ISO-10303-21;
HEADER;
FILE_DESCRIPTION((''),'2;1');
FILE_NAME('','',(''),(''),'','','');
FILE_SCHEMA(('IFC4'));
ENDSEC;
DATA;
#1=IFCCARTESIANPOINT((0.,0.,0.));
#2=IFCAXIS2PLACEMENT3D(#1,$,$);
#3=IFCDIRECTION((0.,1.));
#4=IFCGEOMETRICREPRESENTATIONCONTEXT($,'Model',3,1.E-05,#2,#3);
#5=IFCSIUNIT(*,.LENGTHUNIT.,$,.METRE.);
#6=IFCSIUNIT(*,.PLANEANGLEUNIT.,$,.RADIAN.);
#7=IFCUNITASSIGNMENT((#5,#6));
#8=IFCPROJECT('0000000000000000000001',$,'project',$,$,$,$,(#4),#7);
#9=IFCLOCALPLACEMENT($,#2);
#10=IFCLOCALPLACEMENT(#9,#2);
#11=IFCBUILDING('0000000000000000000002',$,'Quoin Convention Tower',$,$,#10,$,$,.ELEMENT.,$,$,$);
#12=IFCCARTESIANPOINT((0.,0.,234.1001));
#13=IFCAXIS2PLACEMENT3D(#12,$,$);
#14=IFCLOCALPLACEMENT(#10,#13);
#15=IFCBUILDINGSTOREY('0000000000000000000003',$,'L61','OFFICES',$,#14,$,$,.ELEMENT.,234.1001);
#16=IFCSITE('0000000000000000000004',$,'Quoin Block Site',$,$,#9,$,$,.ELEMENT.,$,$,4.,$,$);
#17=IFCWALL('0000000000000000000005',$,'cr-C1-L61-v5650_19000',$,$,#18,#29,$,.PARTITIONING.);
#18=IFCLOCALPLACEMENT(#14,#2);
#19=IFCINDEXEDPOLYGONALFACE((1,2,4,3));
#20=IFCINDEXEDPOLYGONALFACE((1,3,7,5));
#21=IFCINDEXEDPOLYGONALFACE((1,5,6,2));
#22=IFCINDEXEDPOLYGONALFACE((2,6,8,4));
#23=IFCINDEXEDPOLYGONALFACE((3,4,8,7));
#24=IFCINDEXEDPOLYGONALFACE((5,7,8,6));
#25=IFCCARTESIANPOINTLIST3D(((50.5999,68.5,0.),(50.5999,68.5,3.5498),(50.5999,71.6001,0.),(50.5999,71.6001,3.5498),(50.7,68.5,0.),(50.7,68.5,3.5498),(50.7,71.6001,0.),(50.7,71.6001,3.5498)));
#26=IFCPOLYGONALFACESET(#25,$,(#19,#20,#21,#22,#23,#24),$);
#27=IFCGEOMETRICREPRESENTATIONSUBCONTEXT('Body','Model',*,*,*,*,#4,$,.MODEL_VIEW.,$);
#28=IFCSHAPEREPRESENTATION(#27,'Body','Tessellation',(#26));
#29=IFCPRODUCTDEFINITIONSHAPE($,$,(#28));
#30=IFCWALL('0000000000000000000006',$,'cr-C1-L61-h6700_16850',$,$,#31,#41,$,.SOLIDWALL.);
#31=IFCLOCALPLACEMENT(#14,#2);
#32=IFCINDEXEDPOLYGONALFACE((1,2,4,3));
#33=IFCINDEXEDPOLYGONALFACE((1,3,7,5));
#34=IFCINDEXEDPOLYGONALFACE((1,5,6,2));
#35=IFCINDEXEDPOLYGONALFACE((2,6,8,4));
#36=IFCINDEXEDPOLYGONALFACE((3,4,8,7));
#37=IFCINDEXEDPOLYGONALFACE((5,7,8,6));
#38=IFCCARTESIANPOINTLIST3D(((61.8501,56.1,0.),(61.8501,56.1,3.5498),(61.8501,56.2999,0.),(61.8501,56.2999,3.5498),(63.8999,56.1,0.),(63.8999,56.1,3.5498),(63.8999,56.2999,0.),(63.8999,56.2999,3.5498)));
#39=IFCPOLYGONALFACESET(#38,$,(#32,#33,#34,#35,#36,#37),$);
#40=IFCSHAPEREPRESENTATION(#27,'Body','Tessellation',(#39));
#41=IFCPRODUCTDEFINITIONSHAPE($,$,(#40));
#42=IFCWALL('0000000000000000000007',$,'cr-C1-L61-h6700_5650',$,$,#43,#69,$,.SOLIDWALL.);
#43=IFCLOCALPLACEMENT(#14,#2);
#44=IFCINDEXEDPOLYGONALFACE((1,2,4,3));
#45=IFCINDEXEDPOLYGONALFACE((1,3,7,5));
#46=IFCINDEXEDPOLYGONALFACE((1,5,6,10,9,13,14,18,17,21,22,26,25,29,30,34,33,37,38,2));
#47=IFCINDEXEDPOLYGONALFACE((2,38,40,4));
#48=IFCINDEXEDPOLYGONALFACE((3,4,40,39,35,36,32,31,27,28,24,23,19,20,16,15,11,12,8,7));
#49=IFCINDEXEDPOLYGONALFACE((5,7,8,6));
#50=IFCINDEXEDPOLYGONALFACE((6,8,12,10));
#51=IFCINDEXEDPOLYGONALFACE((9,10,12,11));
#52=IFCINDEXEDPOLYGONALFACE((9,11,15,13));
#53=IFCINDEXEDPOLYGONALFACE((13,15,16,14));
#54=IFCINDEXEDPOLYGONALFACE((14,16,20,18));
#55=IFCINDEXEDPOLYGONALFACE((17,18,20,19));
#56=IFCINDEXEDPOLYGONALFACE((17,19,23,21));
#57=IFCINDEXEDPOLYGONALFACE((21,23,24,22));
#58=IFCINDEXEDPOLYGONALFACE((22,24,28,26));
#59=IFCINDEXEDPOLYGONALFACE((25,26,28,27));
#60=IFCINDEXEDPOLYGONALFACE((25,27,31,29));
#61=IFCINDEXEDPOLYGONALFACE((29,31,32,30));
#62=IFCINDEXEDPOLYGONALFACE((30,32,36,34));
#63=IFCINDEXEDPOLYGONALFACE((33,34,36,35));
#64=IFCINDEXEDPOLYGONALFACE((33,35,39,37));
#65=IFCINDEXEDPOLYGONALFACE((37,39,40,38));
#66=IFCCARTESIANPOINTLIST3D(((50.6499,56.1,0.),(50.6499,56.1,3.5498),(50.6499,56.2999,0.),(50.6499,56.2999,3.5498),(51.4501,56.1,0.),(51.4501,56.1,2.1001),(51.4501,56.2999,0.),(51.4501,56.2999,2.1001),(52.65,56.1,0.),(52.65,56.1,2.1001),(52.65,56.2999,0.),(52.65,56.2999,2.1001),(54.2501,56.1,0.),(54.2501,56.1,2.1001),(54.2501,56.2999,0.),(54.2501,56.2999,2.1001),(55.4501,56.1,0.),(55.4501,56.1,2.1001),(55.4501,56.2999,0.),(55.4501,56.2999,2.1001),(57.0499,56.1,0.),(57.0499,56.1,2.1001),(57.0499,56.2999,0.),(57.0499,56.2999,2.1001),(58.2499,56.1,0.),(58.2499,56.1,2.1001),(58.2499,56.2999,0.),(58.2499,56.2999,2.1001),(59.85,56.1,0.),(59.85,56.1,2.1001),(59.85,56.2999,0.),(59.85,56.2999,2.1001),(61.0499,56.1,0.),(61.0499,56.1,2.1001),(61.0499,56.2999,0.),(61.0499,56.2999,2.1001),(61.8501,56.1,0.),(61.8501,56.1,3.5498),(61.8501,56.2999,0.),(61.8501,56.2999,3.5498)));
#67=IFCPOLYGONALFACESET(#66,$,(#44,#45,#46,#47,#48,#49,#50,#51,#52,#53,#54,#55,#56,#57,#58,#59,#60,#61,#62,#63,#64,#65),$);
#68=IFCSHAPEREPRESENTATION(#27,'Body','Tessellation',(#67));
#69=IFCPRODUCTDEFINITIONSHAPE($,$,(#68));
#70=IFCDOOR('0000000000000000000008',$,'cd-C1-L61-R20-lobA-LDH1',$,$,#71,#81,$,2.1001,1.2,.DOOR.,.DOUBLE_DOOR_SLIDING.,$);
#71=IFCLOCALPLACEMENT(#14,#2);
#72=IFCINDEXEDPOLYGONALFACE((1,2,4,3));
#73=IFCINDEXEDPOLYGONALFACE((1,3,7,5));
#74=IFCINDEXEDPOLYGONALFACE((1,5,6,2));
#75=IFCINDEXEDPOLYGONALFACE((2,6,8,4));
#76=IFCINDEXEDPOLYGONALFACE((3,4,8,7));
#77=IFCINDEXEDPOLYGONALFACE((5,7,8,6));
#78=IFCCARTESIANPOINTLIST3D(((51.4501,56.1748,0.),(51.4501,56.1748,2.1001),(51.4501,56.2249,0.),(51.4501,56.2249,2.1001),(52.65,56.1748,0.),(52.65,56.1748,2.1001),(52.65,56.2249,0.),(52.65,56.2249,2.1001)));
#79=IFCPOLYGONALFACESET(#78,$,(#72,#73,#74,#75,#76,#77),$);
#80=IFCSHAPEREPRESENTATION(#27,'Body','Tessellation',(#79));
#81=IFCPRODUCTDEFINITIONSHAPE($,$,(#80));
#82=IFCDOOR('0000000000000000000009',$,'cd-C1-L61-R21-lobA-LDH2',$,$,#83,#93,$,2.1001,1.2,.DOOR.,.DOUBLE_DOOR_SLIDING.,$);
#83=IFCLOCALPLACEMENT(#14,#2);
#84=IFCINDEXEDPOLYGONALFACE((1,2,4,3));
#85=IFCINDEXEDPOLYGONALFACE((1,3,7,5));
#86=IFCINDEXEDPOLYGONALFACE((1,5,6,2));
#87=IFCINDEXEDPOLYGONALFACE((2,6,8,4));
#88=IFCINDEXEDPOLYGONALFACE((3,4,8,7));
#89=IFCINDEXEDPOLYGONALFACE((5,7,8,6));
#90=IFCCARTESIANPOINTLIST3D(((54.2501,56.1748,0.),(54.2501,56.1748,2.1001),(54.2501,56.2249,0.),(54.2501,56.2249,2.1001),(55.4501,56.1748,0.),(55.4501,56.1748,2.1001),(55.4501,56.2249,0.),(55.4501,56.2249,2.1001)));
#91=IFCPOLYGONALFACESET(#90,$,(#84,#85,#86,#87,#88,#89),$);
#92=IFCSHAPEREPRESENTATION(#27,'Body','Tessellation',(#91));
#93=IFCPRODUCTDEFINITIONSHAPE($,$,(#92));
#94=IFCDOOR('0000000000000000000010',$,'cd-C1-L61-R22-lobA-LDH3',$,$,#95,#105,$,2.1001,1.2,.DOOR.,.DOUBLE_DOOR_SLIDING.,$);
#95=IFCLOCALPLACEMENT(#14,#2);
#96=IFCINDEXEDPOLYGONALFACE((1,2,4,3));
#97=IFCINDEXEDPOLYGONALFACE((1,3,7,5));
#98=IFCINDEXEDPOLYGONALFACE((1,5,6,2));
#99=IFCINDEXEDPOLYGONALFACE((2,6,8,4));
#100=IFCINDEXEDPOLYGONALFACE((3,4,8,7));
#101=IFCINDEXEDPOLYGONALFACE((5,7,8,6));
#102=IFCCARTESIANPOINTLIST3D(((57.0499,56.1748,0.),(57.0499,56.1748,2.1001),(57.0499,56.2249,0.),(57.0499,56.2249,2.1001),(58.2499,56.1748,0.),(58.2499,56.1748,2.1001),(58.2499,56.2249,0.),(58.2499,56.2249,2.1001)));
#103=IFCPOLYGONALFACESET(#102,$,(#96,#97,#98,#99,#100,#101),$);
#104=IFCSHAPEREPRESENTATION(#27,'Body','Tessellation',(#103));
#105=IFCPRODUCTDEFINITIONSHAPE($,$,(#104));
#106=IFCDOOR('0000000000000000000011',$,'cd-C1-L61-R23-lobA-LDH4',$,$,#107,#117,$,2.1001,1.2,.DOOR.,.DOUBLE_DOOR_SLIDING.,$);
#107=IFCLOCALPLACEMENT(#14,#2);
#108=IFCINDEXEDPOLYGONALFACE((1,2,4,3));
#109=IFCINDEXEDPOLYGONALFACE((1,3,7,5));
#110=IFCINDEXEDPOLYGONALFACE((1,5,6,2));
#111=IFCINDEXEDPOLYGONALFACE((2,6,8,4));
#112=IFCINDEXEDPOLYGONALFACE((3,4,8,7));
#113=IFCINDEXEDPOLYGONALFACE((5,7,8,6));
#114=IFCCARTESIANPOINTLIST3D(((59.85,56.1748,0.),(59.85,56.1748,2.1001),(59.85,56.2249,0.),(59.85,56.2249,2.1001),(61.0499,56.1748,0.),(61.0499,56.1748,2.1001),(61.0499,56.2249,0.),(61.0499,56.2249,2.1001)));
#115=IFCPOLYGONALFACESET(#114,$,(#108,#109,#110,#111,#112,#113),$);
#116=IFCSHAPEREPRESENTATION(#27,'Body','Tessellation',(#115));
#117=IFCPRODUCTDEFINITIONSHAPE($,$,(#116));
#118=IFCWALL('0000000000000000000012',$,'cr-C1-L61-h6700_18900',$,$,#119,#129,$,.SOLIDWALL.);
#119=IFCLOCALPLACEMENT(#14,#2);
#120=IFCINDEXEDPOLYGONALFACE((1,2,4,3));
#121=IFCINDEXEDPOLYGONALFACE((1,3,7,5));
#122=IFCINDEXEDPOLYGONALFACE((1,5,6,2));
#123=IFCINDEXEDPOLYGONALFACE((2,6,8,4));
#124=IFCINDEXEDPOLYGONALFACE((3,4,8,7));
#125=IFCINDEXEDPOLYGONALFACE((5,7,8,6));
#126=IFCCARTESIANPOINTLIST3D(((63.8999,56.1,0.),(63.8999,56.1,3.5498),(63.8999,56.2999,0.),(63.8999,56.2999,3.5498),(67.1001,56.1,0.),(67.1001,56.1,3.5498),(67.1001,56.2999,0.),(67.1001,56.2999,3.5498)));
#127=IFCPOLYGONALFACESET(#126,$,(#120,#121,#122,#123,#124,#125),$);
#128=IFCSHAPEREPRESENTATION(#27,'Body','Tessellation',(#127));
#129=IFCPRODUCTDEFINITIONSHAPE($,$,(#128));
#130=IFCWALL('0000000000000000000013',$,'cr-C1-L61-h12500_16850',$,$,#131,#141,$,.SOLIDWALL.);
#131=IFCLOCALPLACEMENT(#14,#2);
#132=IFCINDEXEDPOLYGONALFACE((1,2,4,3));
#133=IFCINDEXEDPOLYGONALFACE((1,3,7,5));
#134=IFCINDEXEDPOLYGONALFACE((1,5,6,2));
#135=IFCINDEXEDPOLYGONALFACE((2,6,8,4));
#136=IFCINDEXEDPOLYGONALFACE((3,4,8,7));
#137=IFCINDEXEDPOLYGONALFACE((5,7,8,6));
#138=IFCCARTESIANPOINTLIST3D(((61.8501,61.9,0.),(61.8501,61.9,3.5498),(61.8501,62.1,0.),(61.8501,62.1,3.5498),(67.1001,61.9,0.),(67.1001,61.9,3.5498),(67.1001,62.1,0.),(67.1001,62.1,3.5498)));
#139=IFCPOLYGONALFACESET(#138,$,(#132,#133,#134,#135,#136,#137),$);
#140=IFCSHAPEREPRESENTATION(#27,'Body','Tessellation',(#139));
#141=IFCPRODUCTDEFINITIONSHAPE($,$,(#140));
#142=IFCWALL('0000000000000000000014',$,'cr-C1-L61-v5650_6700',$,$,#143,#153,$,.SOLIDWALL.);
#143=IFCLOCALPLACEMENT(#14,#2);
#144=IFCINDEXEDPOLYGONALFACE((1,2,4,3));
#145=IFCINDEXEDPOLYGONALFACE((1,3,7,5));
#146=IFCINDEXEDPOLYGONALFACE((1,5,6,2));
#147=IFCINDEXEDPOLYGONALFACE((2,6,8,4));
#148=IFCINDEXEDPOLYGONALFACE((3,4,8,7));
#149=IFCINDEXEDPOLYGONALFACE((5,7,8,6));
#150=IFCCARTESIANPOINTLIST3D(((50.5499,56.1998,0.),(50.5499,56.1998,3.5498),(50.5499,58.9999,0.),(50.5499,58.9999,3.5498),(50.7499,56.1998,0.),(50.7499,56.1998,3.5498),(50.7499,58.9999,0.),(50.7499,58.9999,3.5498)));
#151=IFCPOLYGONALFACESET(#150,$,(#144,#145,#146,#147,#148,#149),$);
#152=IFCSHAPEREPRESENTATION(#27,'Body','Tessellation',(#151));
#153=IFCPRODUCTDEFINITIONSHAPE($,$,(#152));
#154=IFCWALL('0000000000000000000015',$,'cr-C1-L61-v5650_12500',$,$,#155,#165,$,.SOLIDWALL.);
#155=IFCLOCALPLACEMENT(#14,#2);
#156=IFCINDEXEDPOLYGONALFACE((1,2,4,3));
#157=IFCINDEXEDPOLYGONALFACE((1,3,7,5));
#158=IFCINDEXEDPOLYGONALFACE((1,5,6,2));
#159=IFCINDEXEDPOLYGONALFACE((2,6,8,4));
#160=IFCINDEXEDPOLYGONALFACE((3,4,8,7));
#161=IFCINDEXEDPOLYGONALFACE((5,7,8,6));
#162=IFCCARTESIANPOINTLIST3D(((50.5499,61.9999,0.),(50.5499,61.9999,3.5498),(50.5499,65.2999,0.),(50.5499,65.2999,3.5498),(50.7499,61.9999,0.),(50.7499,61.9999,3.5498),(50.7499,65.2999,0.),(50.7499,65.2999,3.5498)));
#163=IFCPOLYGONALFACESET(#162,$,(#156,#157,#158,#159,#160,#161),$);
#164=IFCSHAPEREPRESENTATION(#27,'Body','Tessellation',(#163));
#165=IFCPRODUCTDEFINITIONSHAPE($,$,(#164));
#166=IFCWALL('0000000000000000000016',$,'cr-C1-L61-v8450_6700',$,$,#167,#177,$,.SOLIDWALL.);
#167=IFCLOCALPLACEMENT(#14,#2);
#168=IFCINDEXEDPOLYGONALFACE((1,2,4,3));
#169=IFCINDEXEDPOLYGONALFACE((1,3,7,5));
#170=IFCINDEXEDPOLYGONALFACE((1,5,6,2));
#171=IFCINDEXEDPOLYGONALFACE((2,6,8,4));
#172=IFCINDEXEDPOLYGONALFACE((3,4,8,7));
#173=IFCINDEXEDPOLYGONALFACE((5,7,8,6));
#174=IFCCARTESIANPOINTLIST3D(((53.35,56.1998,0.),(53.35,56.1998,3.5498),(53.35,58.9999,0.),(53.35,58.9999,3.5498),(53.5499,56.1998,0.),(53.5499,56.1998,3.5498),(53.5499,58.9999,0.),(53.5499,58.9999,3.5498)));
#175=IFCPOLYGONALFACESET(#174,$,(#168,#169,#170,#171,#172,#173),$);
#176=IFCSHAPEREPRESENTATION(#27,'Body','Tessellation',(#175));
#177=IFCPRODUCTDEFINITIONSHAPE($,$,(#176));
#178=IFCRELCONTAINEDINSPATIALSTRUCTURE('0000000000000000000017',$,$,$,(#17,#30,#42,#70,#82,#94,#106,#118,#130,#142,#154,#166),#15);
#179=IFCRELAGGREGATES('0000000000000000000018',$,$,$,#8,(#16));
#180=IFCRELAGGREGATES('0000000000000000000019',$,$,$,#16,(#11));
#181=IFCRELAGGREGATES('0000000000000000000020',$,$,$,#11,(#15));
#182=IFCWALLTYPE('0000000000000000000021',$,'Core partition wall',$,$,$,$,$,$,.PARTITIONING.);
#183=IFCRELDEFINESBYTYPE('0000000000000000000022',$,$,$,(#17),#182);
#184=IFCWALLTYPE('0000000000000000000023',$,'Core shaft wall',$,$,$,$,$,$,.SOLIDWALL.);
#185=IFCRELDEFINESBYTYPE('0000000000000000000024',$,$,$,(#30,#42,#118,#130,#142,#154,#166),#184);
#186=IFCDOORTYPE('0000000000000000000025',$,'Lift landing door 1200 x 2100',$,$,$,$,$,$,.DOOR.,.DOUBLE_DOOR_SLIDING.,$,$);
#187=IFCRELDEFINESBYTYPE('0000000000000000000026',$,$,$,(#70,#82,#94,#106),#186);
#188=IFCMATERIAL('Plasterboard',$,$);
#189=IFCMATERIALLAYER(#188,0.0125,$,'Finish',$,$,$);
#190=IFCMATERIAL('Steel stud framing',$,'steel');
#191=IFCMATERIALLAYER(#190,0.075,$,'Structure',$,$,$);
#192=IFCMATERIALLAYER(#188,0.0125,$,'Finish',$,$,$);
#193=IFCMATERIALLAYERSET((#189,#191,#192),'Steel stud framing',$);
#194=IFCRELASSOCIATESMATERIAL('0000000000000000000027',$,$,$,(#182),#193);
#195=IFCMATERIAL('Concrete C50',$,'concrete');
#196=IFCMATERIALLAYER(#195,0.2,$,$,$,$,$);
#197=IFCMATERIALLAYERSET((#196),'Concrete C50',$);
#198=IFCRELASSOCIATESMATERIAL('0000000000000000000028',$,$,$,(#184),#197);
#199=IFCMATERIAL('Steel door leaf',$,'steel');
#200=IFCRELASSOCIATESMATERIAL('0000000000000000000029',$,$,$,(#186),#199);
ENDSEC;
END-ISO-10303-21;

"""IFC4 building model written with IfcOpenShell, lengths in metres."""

from ifc_helpers import new_model, si_unit, direction, frame, frame_2d, origin, place, context, subcontext, project, spatial, rectangle, extrude, material, layer, layer_set, type_object, element, fill, save


model = new_model("IFC4")

# Units and contexts
model_context = context("Model", 3, precision=1e-05, world=origin(), true_north=direction((0.0, 1.0)))
body_context = subcontext(model_context, "Body", "Model", "MODEL_VIEW")
ifc_project = project(units=[si_unit("LENGTHUNIT", "METRE"), si_unit("PLANEANGLEUNIT", "RADIAN")], contexts=[model_context])

# Site, building, storey
site_placement = place(None, origin())
site = spatial("IfcSite", under=ifc_project, at=site_placement, Name="Quoin Block Site", CompositionType="ELEMENT", RefElevation=4.0)
building_placement = place(site_placement, origin())
building = spatial("IfcBuilding", under=site, at=building_placement, Name="Quoin Convention Tower", CompositionType="ELEMENT")
storey_placement = place(building_placement, frame((0.0, 0.0, 234.1001)))
storey = spatial("IfcBuildingStorey", under=building, at=storey_placement, Name="L61", Description="OFFICES", CompositionType="ELEMENT", Elevation=234.1001)

# Walls
ifc_material_1 = material(Name="Plasterboard")
ifc_layer_1 = layer(ifc_material_1, 0.0125, Name="Finish")
ifc_material_2 = material(Name="Steel stud framing", Category="steel")
ifc_layer_2 = layer(ifc_material_2, 0.075, Name="Structure")
ifc_layer_3 = layer(ifc_material_1, 0.0125, Name="Finish")
ifc_layer_set_1 = layer_set([ifc_layer_1, ifc_layer_2, ifc_layer_3], Name="Steel stud framing")
wall_type_1 = type_object("IfcWallType", Name="Core partition wall", PredefinedType="PARTITIONING", material=ifc_layer_set_1)
wall_1_placement = place(storey_placement, frame((50.6499, 68.5, 0.0), z_axis=(0.0, 0.0, 1.0), x_axis=(0.0, 1.0, 0.0)))
element("IfcWall", 1, at=wall_1_placement, inside=storey, type_object=wall_type_1, Name="cr-C1-L61-v5650_19000", PredefinedType="PARTITIONING", context=body_context, shape_type="SweptSolid", body=[
    extrude(rectangle(XDim=3.1001, YDim=0.1001, at=frame_2d((1.55, 0.0))), origin(), (0.0, 0.0, 1.0), 3.5498),
])
ifc_material_3 = material(Name="Concrete C50", Category="concrete")
ifc_layer_4 = layer(ifc_material_3, 0.2)
ifc_layer_set_2 = layer_set([ifc_layer_4], Name="Concrete C50")
wall_type_2 = type_object("IfcWallType", Name="Core shaft wall", PredefinedType="SOLIDWALL", material=ifc_layer_set_2)
wall_2_placement = place(storey_placement, frame((61.8501, 56.2, 0.0), z_axis=(0.0, 0.0, 1.0), x_axis=(1.0, 0.0, 0.0)))
element("IfcWall", 2, at=wall_2_placement, inside=storey, type_object=wall_type_2, Name="cr-C1-L61-h6700_16850", PredefinedType="SOLIDWALL", context=body_context, shape_type="SweptSolid", body=[
    extrude(rectangle(XDim=2.0498, YDim=0.2, at=frame_2d((1.0249, 0.0))), origin(), (0.0, 0.0, 1.0), 3.5498),
])

# Wall, openings, doors
wall_3_placement = place(storey_placement, frame((50.6499, 56.2, 0.0), z_axis=(0.0, 0.0, 1.0), x_axis=(1.0, 0.0, 0.0)))
wall_3 = element("IfcWall", 3, at=wall_3_placement, inside=storey, type_object=wall_type_2, Name="cr-C1-L61-h6700_5650", PredefinedType="SOLIDWALL", context=body_context, shape_type="SweptSolid", body=[
    extrude(rectangle(XDim=11.2002, YDim=0.2, at=frame_2d((5.6001, 0.0))), origin(), (0.0, 0.0, 1.0), 3.5498),
])
opening_1_placement = place(wall_3_placement, frame((0.8, 0.0, 0.0)))
opening_1 = element("IfcOpeningElement", 4, at=opening_1_placement, cuts=wall_3, PredefinedType="OPENING", context=body_context, shape_type="SweptSolid", body=[
    extrude(rectangle(XDim=1.2, YDim=2.1001, at=frame_2d((0.6001, 1.05))), frame((0.0, 0.1099, 0.0), z_axis=(0.0, -1.0, 0.0), x_axis=(1.0, 0.0, 0.0)), (0.0, 0.0, 1.0), 0.22),
])
opening_2_placement = place(wall_3_placement, frame((3.6001, 0.0, 0.0)))
opening_2 = element("IfcOpeningElement", 5, at=opening_2_placement, cuts=wall_3, PredefinedType="OPENING", context=body_context, shape_type="SweptSolid", body=[
    extrude(rectangle(XDim=1.2, YDim=2.1001, at=frame_2d((0.6001, 1.05))), frame((0.0, 0.1099, 0.0), z_axis=(0.0, -1.0, 0.0), x_axis=(1.0, 0.0, 0.0)), (0.0, 0.0, 1.0), 0.22),
])
opening_3_placement = place(wall_3_placement, frame((6.3999, 0.0, 0.0)))
opening_3 = element("IfcOpeningElement", 6, at=opening_3_placement, cuts=wall_3, PredefinedType="OPENING", context=body_context, shape_type="SweptSolid", body=[
    extrude(rectangle(XDim=1.2, YDim=2.1001, at=frame_2d((0.6001, 1.05))), frame((0.0, 0.1099, 0.0), z_axis=(0.0, -1.0, 0.0), x_axis=(1.0, 0.0, 0.0)), (0.0, 0.0, 1.0), 0.22),
])
opening_4_placement = place(wall_3_placement, frame((9.2, 0.0, 0.0)))
opening_4 = element("IfcOpeningElement", 7, at=opening_4_placement, cuts=wall_3, PredefinedType="OPENING", context=body_context, shape_type="SweptSolid", body=[
    extrude(rectangle(XDim=1.2, YDim=2.1001, at=frame_2d((0.6001, 1.05))), frame((0.0, 0.1099, 0.0), z_axis=(0.0, -1.0, 0.0), x_axis=(1.0, 0.0, 0.0)), (0.0, 0.0, 1.0), 0.22),
])
ifc_material_4 = material(Name="Steel door leaf", Category="steel")
door_type = type_object("IfcDoorType", Name="Lift landing door 1200 x 2100", OperationType="DOUBLE_DOOR_SLIDING", PredefinedType="DOOR", material=ifc_material_4)
door_1_placement = place(opening_1_placement, origin())
door_1 = element("IfcDoor", 8, at=door_1_placement, inside=storey, type_object=door_type, Name="cd-C1-L61-R20-lobA-LDH1", OperationType="DOUBLE_DOOR_SLIDING", OverallHeight=2.1001, OverallWidth=1.2, PredefinedType="DOOR", context=body_context, shape_type="SweptSolid", body=[
    extrude(rectangle(XDim=1.2, YDim=2.1001, at=frame_2d((0.6001, 1.05))), frame((0.0, 0.0249, 0.0), z_axis=(0.0, -1.0, 0.0), x_axis=(1.0, 0.0, 0.0)), (0.0, 0.0, 1.0), 0.05),
])
fill(opening_1, door_1)
door_2_placement = place(opening_2_placement, origin())
door_2 = element("IfcDoor", 9, at=door_2_placement, inside=storey, type_object=door_type, Name="cd-C1-L61-R21-lobA-LDH2", OperationType="DOUBLE_DOOR_SLIDING", OverallHeight=2.1001, OverallWidth=1.2, PredefinedType="DOOR", context=body_context, shape_type="SweptSolid", body=[
    extrude(rectangle(XDim=1.2, YDim=2.1001, at=frame_2d((0.6001, 1.05))), frame((0.0, 0.0249, 0.0), z_axis=(0.0, -1.0, 0.0), x_axis=(1.0, 0.0, 0.0)), (0.0, 0.0, 1.0), 0.05),
])
fill(opening_2, door_2)
door_3_placement = place(opening_3_placement, origin())
door_3 = element("IfcDoor", 10, at=door_3_placement, inside=storey, type_object=door_type, Name="cd-C1-L61-R22-lobA-LDH3", OperationType="DOUBLE_DOOR_SLIDING", OverallHeight=2.1001, OverallWidth=1.2, PredefinedType="DOOR", context=body_context, shape_type="SweptSolid", body=[
    extrude(rectangle(XDim=1.2, YDim=2.1001, at=frame_2d((0.6001, 1.05))), frame((0.0, 0.0249, 0.0), z_axis=(0.0, -1.0, 0.0), x_axis=(1.0, 0.0, 0.0)), (0.0, 0.0, 1.0), 0.05),
])
fill(opening_3, door_3)
door_4_placement = place(opening_4_placement, origin())
door_4 = element("IfcDoor", 11, at=door_4_placement, inside=storey, type_object=door_type, Name="cd-C1-L61-R23-lobA-LDH4", OperationType="DOUBLE_DOOR_SLIDING", OverallHeight=2.1001, OverallWidth=1.2, PredefinedType="DOOR", context=body_context, shape_type="SweptSolid", body=[
    extrude(rectangle(XDim=1.2, YDim=2.1001, at=frame_2d((0.6001, 1.05))), frame((0.0, 0.0249, 0.0), z_axis=(0.0, -1.0, 0.0), x_axis=(1.0, 0.0, 0.0)), (0.0, 0.0, 1.0), 0.05),
])
fill(opening_4, door_4)

# Walls
wall_4_placement = place(storey_placement, frame((63.8999, 56.2, 0.0), z_axis=(0.0, 0.0, 1.0), x_axis=(1.0, 0.0, 0.0)))
element("IfcWall", 12, at=wall_4_placement, inside=storey, type_object=wall_type_2, Name="cr-C1-L61-h6700_18900", PredefinedType="SOLIDWALL", context=body_context, shape_type="SweptSolid", body=[
    extrude(rectangle(XDim=3.2002, YDim=0.2, at=frame_2d((1.6001, 0.0))), origin(), (0.0, 0.0, 1.0), 3.5498),
])
wall_5_placement = place(storey_placement, frame((61.8501, 62.0, 0.0), z_axis=(0.0, 0.0, 1.0), x_axis=(1.0, 0.0, 0.0)))
element("IfcWall", 13, at=wall_5_placement, inside=storey, type_object=wall_type_2, Name="cr-C1-L61-h12500_16850", PredefinedType="SOLIDWALL", context=body_context, shape_type="SweptSolid", body=[
    extrude(rectangle(XDim=5.25, YDim=0.2, at=frame_2d((2.625, 0.0))), origin(), (0.0, 0.0, 1.0), 3.5498),
])
wall_6_placement = place(storey_placement, frame((50.6499, 56.2, 0.0), z_axis=(0.0, 0.0, 1.0), x_axis=(0.0, 1.0, 0.0)))
element("IfcWall", 14, at=wall_6_placement, inside=storey, type_object=wall_type_2, Name="cr-C1-L61-v5650_6700", PredefinedType="SOLIDWALL", context=body_context, shape_type="SweptSolid", body=[
    extrude(rectangle(XDim=2.8, YDim=0.2, at=frame_2d((1.3999, 0.0))), origin(), (0.0, 0.0, 1.0), 3.5498),
])
wall_7_placement = place(storey_placement, frame((50.6499, 62.0, 0.0), z_axis=(0.0, 0.0, 1.0), x_axis=(0.0, 1.0, 0.0)))
element("IfcWall", 15, at=wall_7_placement, inside=storey, type_object=wall_type_2, Name="cr-C1-L61-v5650_12500", PredefinedType="SOLIDWALL", context=body_context, shape_type="SweptSolid", body=[
    extrude(rectangle(XDim=3.3, YDim=0.2, at=frame_2d((1.6499, 0.0))), origin(), (0.0, 0.0, 1.0), 3.5498),
])
for number, where, z_axis, x_axis, name in (
    (16, (53.45, 56.2, 0.0), (0.0, 0.0, 1.0), (0.0, 1.0, 0.0), "cr-C1-L61-v8450_6700"),
):
    element("IfcWall", number, at=place(storey_placement, frame(where, z_axis=z_axis, x_axis=x_axis)), inside=storey, type_object=wall_type_2, Name=name, PredefinedType="SOLIDWALL", context=body_context, shape_type="SweptSolid", body=[
        extrude(rectangle(XDim=2.8, YDim=0.2, at=frame_2d((1.3999, 0.0))), origin(), (0.0, 0.0, 1.0), 3.5498),
    ])

save(model, "model.ifc")
